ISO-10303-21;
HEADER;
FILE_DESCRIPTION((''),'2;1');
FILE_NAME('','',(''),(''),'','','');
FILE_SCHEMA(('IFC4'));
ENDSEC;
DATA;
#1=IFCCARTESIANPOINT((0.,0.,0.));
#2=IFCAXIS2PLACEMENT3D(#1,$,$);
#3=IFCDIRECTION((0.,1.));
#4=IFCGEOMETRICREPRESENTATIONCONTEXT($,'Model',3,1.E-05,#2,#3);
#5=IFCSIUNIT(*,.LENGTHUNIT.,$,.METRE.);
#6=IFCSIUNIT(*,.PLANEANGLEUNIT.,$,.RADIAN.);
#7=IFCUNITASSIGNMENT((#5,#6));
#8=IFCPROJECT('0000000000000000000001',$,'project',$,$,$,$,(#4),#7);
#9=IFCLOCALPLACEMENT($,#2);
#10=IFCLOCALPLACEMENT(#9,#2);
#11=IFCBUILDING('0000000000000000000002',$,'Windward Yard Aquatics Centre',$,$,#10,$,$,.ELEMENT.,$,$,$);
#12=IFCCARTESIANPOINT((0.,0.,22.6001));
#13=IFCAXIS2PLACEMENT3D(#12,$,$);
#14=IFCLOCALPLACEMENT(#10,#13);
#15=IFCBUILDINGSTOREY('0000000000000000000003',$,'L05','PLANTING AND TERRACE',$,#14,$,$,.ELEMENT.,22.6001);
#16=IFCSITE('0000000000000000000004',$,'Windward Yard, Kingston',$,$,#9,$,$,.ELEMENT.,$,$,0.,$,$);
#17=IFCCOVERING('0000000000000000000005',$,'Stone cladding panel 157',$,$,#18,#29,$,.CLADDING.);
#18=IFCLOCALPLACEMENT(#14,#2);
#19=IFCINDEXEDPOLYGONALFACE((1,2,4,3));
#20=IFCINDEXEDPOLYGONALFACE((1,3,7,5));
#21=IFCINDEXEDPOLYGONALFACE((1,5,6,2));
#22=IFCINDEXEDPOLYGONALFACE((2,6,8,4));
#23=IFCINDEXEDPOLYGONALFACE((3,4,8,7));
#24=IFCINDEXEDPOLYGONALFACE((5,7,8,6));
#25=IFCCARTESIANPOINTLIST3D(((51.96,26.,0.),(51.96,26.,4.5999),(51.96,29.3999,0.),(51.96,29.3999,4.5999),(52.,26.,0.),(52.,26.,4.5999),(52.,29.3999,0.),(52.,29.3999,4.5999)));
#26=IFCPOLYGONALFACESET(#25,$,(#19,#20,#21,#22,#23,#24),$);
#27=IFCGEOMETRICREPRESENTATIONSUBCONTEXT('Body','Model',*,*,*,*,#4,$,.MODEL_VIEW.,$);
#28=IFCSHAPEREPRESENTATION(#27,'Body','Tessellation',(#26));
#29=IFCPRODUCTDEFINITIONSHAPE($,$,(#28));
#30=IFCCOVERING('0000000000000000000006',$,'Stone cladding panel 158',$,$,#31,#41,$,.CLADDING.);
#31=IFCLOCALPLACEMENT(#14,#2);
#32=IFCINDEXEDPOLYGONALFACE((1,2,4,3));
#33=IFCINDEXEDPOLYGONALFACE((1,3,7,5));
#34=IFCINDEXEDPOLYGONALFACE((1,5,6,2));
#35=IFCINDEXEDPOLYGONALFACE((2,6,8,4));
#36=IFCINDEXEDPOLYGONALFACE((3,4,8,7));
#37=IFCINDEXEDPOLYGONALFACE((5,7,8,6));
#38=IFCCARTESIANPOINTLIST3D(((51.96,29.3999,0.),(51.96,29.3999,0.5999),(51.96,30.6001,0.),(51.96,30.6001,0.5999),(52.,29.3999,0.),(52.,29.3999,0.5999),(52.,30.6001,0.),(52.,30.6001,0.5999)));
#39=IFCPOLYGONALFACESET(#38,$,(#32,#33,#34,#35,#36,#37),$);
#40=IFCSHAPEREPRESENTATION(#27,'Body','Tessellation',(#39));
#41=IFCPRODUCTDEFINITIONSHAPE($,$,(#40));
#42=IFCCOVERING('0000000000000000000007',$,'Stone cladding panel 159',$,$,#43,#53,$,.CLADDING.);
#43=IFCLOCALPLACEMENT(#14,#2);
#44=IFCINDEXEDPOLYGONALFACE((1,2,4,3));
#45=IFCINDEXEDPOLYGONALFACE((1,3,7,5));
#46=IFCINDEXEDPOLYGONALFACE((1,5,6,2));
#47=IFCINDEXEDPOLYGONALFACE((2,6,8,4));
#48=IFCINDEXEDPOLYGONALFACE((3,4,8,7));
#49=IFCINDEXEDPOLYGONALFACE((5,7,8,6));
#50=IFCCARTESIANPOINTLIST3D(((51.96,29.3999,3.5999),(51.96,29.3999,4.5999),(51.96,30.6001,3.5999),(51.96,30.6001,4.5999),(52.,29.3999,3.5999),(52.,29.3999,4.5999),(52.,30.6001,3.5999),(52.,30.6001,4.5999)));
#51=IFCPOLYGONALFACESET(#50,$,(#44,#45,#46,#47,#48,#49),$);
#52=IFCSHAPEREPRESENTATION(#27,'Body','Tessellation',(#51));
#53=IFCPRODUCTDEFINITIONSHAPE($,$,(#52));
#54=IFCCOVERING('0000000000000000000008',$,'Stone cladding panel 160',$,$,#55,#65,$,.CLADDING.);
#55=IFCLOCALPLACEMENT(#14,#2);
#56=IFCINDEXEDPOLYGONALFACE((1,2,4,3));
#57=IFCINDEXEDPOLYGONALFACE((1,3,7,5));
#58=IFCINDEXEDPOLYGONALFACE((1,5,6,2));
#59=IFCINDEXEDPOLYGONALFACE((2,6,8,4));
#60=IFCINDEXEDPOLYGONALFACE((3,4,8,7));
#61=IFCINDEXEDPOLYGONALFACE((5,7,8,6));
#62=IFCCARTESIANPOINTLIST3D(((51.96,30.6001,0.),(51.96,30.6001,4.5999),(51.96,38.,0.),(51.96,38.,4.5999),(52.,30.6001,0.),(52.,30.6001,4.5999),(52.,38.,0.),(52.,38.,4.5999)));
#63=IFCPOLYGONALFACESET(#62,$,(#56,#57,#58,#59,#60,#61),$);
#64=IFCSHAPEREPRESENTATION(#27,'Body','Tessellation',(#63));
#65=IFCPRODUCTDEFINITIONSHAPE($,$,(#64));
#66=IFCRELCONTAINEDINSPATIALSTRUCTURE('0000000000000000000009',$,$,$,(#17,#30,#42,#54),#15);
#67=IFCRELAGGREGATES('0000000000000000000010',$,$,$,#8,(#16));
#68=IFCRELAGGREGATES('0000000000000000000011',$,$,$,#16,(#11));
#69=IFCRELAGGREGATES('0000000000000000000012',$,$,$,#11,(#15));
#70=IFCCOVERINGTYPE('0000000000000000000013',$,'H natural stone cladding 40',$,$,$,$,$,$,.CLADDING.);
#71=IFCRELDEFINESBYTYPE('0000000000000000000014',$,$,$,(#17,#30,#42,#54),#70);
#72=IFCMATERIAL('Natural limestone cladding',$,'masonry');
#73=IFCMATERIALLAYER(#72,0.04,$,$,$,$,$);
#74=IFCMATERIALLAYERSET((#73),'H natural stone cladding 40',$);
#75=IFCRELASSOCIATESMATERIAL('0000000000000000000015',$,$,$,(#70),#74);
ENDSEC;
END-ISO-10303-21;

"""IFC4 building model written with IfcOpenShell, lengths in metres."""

from ifc_helpers import new_model, si_unit, direction, frame, origin, place, context, subcontext, project, spatial, polyline, outline, extrude, material, layer, layer_set, type_object, element, save


model = new_model("IFC4")

# Units and contexts
model_context = context("Model", 3, precision=1e-05, world=origin(), true_north=direction((0.0, 1.0)))
body_context = subcontext(model_context, "Body", "Model", "MODEL_VIEW")
ifc_project = project(units=[si_unit("LENGTHUNIT", "METRE"), si_unit("PLANEANGLEUNIT", "RADIAN")], contexts=[model_context])

# Site, building, storey
site_placement = place(None, origin())
site = spatial("IfcSite", under=ifc_project, at=site_placement, Name="Windward Yard, Kingston", CompositionType="ELEMENT", RefElevation=0.0)
building_placement = place(site_placement, origin())
building = spatial("IfcBuilding", under=site, at=building_placement, Name="Windward Yard Aquatics Centre", CompositionType="ELEMENT")
storey_placement = place(building_placement, frame((0.0, 0.0, 22.6001)))
storey = spatial("IfcBuildingStorey", under=building, at=storey_placement, Name="L05", Description="PLANTING AND TERRACE", CompositionType="ELEMENT", Elevation=22.6001)

# Coverings
ifc_material_1 = material(Name="Natural limestone cladding", Category="masonry")
ifc_layer_1 = layer(ifc_material_1, 0.04)
ifc_layer_set_1 = layer_set([ifc_layer_1], Name="H natural stone cladding 40")
covering_type = type_object("IfcCoveringType", Name="H natural stone cladding 40", PredefinedType="CLADDING", material=ifc_layer_set_1)
covering_1_placement = place(storey_placement, origin())
element("IfcCovering", 1, at=covering_1_placement, inside=storey, type_object=covering_type, Name="Stone cladding panel 157", PredefinedType="CLADDING", context=body_context, shape_type="SweptSolid", body=[
    extrude(outline(polyline([(51.96, 26.0), (52.0, 26.0), (52.0, 29.3999), (51.96, 29.3999), (51.96, 26.0)])), origin(), (0.0, 0.0, 1.0), 4.5999),
])
covering_2_placement = place(storey_placement, origin())
element("IfcCovering", 2, at=covering_2_placement, inside=storey, type_object=covering_type, Name="Stone cladding panel 158", PredefinedType="CLADDING", context=body_context, shape_type="SweptSolid", body=[
    extrude(outline(polyline([(51.96, 29.3999), (52.0, 29.3999), (52.0, 30.6001), (51.96, 30.6001), (51.96, 29.3999)])), origin(), (0.0, 0.0, 1.0), 0.5999),
])
covering_3_placement = place(storey_placement, frame((0.0, 0.0, 3.5999)))
element("IfcCovering", 3, at=covering_3_placement, inside=storey, type_object=covering_type, Name="Stone cladding panel 159", PredefinedType="CLADDING", context=body_context, shape_type="SweptSolid", body=[
    extrude(outline(polyline([(51.96, 29.3999), (52.0, 29.3999), (52.0, 30.6001), (51.96, 30.6001), (51.96, 29.3999)])), origin(), (0.0, 0.0, 1.0), 1.0),
])
covering_4_placement = place(storey_placement, origin())
element("IfcCovering", 4, at=covering_4_placement, inside=storey, type_object=covering_type, Name="Stone cladding panel 160", PredefinedType="CLADDING", context=body_context, shape_type="SweptSolid", body=[
    extrude(outline(polyline([(51.96, 30.6001), (52.0, 30.6001), (52.0, 38.0), (51.96, 38.0), (51.96, 30.6001)])), origin(), (0.0, 0.0, 1.0), 4.5999),
])

save(model, "model.ifc")
